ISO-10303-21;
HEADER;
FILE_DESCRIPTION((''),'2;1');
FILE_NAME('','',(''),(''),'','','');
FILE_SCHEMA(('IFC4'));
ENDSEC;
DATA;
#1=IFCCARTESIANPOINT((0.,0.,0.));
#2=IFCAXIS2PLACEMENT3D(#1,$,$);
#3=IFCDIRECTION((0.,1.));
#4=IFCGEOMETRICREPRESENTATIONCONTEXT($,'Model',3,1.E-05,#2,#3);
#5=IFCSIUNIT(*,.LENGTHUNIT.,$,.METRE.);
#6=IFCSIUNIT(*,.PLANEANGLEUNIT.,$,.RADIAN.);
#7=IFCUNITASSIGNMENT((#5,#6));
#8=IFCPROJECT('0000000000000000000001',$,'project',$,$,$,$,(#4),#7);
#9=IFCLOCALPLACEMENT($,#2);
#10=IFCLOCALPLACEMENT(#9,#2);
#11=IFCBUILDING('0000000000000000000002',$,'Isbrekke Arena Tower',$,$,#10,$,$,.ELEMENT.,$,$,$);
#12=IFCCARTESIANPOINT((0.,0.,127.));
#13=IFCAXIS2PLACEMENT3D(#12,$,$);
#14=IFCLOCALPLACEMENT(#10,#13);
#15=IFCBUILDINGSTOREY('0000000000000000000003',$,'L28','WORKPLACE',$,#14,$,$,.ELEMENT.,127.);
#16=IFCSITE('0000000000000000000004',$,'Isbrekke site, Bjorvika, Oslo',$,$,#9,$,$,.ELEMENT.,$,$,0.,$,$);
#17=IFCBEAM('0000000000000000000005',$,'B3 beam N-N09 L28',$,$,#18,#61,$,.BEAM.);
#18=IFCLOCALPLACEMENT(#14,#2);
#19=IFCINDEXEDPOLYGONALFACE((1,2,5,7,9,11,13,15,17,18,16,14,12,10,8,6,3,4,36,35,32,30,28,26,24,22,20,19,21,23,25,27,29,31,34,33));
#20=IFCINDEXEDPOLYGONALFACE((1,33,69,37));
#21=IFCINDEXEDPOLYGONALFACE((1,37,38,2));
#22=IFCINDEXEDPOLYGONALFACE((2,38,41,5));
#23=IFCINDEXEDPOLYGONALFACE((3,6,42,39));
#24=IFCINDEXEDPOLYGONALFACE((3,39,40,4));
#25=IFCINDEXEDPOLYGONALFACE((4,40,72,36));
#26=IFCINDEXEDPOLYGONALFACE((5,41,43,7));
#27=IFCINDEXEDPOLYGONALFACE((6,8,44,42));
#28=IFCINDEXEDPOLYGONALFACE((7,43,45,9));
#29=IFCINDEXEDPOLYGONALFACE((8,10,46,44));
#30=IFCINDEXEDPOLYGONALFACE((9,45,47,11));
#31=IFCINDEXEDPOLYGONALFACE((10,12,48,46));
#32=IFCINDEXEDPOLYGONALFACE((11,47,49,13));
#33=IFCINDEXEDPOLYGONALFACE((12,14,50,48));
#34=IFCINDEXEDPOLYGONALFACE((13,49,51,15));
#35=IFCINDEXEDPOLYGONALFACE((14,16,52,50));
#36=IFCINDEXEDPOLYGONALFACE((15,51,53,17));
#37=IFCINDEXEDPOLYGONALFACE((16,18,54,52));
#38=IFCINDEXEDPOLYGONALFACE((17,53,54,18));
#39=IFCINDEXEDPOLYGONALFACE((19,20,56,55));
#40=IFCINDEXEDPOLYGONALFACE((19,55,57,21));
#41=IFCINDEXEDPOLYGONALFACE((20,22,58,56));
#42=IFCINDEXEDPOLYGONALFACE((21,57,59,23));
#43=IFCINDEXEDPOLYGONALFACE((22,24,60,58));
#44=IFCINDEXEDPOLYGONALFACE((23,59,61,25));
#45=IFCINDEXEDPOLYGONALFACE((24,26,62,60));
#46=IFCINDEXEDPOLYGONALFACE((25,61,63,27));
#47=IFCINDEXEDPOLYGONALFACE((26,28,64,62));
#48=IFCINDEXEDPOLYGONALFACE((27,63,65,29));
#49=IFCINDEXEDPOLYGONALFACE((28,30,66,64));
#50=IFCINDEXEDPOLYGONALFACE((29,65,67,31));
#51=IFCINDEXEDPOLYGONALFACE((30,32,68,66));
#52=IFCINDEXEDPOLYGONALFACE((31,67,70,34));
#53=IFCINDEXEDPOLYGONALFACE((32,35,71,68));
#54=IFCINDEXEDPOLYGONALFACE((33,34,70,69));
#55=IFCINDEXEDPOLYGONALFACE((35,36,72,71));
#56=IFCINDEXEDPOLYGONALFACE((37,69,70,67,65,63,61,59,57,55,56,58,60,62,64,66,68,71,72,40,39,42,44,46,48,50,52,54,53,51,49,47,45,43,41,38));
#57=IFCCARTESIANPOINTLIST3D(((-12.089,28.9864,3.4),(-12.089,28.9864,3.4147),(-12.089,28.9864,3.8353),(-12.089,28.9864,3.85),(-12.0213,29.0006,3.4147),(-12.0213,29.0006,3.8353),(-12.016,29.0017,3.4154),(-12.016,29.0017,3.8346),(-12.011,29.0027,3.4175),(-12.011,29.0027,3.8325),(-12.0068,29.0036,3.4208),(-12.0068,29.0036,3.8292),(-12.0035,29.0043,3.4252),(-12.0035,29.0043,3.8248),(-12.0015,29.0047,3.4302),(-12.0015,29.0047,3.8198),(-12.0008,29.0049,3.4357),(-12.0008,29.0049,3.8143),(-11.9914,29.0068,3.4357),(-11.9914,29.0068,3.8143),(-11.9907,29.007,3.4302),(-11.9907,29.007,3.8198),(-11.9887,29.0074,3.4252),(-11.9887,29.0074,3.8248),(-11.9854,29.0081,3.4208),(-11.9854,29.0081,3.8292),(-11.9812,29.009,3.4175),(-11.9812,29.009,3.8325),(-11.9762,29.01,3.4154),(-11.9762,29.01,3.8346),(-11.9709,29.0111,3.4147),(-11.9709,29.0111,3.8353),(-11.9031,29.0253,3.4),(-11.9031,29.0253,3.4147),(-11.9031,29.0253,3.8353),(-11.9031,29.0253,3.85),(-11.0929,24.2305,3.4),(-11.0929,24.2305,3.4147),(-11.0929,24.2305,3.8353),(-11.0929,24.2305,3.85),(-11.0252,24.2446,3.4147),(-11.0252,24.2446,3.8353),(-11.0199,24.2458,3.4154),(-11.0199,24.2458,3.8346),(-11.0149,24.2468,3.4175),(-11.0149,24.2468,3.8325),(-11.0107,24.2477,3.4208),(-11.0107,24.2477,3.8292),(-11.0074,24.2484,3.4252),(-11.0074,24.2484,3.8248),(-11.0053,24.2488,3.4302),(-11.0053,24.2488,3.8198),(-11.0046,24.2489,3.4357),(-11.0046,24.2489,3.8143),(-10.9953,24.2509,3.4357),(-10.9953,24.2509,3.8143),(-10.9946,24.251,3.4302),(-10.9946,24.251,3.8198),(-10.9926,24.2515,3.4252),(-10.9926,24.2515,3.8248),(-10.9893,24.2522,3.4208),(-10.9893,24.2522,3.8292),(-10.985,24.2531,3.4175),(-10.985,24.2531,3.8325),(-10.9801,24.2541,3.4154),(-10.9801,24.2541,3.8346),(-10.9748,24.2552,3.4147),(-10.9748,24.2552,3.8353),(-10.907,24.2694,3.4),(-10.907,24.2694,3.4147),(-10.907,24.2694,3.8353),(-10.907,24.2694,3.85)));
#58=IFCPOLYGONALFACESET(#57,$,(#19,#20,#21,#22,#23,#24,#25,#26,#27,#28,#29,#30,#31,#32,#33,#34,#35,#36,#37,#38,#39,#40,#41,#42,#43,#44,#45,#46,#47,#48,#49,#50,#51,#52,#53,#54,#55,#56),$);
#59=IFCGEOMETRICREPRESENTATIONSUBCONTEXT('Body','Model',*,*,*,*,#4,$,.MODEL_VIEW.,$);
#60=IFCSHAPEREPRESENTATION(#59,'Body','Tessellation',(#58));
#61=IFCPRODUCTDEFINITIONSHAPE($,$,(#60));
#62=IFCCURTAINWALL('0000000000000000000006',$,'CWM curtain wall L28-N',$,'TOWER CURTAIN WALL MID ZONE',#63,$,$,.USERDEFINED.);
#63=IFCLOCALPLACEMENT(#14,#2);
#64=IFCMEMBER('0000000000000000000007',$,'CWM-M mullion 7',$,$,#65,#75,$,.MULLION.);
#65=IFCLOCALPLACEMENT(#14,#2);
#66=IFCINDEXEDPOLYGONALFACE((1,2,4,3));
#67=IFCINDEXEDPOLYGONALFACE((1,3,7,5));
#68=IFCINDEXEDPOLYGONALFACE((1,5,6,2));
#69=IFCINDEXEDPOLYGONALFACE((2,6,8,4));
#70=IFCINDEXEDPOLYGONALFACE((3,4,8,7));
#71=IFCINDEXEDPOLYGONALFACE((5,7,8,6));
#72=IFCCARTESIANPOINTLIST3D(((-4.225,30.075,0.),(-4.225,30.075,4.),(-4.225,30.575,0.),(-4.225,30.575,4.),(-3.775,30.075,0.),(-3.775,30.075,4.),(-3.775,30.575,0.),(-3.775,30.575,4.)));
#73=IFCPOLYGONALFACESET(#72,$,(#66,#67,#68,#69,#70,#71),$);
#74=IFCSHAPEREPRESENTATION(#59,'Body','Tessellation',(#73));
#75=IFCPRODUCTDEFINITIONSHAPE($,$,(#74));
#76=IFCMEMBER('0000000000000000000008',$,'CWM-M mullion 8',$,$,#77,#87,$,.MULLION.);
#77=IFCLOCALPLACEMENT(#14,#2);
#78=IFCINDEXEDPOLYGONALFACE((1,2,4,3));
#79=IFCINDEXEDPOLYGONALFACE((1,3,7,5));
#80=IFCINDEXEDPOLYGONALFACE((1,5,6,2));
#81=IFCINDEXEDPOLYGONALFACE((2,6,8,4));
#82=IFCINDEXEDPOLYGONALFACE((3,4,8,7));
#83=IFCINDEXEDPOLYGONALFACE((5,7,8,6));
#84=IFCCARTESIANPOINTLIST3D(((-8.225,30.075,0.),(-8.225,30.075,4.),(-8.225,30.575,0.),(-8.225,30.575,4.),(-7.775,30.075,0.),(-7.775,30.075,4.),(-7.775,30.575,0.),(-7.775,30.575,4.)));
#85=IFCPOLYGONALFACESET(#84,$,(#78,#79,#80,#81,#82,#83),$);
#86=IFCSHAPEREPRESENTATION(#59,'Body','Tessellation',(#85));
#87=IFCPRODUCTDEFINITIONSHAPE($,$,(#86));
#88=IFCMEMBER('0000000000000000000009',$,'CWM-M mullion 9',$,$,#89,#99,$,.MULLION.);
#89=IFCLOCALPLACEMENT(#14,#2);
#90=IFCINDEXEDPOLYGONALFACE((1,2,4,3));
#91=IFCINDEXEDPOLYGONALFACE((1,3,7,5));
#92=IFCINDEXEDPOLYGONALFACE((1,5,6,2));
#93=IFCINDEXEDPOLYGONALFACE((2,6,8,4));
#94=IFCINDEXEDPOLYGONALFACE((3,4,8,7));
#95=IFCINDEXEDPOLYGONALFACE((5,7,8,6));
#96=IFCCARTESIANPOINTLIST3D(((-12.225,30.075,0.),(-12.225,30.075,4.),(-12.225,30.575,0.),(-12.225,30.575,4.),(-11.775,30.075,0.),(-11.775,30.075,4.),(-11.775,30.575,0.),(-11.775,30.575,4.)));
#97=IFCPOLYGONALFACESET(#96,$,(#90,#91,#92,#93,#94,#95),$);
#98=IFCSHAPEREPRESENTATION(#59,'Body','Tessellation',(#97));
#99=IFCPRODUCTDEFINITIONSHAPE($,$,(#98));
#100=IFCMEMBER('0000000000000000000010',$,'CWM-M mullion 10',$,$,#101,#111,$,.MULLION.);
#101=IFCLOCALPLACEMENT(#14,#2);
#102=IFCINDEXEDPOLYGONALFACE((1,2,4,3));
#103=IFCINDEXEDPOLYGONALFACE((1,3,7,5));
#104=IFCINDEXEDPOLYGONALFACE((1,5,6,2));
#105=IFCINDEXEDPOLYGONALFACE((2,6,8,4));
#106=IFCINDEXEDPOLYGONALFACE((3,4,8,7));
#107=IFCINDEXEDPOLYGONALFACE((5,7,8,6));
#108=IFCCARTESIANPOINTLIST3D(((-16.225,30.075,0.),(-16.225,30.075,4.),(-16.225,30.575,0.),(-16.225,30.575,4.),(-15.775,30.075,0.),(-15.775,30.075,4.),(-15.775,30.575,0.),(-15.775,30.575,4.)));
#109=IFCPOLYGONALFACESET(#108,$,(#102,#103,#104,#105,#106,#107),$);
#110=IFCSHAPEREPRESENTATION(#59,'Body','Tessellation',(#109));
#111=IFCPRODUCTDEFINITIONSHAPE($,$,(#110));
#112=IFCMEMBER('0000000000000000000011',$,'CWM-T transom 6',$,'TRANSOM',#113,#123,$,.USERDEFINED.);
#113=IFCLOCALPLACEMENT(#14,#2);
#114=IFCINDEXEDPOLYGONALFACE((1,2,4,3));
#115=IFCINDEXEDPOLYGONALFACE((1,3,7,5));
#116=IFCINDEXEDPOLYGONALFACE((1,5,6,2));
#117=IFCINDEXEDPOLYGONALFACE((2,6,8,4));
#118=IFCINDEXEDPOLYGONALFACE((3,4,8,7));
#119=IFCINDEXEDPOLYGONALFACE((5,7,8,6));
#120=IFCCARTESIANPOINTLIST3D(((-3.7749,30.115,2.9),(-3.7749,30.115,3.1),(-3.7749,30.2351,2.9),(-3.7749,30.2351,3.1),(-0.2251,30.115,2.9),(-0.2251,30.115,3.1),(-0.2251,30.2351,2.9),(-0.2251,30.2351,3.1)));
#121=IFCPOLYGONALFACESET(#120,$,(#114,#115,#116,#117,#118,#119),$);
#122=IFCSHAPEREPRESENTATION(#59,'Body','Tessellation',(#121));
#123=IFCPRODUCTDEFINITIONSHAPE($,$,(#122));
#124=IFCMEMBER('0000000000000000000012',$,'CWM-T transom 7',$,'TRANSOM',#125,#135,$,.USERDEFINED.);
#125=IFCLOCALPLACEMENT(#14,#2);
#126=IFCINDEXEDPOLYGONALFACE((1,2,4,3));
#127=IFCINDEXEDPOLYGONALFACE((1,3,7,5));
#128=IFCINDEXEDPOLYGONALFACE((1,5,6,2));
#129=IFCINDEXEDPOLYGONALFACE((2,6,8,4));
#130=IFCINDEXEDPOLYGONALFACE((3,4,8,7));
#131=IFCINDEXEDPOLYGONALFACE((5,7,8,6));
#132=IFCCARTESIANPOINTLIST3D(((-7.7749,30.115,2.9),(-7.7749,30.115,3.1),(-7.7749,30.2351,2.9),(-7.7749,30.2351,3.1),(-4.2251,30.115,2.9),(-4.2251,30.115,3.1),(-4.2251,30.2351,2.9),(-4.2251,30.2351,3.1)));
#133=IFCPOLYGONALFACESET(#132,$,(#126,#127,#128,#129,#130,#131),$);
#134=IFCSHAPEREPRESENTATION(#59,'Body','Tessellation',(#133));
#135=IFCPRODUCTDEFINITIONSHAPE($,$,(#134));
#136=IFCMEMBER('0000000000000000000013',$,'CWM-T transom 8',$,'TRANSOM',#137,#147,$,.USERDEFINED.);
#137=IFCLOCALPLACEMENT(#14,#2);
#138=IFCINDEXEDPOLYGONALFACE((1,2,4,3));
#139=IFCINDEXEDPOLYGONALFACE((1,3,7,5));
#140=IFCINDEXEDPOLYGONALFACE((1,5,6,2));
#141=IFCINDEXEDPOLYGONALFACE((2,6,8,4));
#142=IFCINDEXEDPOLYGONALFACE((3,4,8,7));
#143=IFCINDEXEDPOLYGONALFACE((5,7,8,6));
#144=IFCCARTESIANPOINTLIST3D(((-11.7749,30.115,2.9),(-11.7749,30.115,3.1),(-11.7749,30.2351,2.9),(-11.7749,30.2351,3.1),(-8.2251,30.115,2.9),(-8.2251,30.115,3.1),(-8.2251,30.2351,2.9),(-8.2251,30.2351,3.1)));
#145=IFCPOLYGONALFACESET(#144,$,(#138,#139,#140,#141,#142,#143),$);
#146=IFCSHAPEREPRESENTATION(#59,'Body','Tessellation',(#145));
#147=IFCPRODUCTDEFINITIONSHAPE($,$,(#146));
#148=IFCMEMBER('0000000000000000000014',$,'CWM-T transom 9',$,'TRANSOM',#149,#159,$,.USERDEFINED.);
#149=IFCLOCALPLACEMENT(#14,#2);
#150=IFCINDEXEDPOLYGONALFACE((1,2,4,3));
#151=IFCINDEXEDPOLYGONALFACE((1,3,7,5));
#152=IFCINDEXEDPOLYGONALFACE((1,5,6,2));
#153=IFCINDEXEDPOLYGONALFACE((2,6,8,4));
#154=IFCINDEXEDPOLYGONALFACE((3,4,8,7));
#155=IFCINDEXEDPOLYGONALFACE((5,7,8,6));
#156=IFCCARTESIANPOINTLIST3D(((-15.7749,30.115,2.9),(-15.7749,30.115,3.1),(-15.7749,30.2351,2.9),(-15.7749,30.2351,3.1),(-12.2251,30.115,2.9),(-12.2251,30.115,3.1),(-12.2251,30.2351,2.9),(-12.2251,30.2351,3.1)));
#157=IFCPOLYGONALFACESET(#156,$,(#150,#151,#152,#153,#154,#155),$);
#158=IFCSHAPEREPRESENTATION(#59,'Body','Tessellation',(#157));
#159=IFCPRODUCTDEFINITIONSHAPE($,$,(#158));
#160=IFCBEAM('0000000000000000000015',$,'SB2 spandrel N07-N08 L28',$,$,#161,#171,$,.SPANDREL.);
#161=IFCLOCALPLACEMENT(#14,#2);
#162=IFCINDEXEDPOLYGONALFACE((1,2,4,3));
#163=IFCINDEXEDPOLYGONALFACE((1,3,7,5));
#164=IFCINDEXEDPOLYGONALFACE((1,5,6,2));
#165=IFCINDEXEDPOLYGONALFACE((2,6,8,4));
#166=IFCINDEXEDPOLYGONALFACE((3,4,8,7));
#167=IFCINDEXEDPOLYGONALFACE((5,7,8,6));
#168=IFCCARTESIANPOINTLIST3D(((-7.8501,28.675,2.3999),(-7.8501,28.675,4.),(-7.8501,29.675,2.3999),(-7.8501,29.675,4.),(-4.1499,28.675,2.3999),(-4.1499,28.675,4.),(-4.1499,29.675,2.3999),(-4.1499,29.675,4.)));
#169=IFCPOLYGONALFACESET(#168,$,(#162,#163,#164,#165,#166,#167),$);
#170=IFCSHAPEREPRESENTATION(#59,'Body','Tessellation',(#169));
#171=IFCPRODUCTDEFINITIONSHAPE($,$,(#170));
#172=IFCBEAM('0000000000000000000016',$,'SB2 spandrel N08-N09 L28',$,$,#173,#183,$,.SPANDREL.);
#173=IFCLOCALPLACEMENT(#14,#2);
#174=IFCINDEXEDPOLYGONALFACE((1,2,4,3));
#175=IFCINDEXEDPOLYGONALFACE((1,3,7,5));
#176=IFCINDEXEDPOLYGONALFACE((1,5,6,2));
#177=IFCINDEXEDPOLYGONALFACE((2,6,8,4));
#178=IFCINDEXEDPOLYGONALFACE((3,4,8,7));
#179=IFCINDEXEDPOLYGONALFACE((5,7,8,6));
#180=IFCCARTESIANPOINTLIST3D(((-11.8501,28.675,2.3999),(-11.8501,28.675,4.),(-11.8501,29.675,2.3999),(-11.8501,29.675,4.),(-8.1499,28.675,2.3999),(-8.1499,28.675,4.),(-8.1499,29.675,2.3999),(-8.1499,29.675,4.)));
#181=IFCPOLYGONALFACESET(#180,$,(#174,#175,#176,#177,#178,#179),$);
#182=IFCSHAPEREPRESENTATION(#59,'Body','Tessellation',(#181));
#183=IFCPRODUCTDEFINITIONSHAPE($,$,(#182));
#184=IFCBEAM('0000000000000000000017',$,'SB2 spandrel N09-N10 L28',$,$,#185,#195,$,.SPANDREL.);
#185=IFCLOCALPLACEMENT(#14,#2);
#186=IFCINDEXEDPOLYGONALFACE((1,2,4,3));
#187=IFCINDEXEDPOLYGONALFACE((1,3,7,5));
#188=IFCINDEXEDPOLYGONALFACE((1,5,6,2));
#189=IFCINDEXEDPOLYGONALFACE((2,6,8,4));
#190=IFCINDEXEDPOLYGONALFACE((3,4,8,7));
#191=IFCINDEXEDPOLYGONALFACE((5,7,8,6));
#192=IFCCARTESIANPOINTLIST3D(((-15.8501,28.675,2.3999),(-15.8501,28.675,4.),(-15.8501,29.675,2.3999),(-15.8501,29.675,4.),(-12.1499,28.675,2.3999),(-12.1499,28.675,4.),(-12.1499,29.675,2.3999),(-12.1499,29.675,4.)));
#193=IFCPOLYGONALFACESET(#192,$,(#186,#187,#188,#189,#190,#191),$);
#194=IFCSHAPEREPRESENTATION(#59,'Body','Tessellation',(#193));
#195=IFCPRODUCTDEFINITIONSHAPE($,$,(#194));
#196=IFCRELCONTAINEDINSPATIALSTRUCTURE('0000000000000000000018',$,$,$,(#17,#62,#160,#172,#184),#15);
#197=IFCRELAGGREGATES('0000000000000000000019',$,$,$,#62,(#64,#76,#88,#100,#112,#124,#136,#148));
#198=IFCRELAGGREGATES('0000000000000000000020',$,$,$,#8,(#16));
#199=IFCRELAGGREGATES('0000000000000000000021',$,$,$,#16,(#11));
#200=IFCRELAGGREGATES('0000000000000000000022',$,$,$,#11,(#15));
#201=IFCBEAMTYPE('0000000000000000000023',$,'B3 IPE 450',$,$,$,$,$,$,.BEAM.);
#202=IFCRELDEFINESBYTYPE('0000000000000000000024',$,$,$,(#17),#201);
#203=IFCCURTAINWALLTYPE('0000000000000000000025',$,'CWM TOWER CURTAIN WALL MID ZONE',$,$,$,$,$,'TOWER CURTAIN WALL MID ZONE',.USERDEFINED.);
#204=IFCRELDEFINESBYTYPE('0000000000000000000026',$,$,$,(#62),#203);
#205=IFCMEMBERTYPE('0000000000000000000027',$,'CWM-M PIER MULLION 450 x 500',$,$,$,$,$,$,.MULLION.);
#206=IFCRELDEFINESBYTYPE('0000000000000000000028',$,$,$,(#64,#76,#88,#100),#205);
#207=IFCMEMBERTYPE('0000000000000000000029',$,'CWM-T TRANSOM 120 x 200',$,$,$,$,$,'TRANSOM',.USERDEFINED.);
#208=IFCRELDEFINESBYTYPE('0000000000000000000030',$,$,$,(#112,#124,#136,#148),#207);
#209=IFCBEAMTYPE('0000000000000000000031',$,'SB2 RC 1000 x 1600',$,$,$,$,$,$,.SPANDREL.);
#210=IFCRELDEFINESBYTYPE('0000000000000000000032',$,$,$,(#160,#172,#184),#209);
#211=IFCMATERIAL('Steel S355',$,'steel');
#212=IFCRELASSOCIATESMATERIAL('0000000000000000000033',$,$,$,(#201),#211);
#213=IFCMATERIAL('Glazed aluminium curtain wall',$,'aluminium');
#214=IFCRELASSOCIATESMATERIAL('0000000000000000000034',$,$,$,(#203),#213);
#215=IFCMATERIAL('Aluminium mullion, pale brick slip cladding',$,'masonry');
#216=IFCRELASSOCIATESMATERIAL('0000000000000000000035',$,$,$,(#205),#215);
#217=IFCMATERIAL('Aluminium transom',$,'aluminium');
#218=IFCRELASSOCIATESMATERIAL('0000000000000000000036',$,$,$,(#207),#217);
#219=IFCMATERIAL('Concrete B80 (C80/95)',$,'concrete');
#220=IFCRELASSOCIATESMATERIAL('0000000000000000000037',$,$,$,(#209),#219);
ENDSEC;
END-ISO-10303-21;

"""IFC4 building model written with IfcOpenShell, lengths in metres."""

from ifc_helpers import new_model, si_unit, direction, frame, origin, origin_2d, place, context, subcontext, project, spatial, rectangle, i_section, extrude, material, material_profile, profile_set, type_object, element, aggregate, save


model = new_model("IFC4")

# Units and contexts
model_context = context("Model", 3, precision=1e-05, world=origin(), true_north=direction((0.0, 1.0)))
body_context = subcontext(model_context, "Body", "Model", "MODEL_VIEW")
ifc_project = project(units=[si_unit("LENGTHUNIT", "METRE"), si_unit("PLANEANGLEUNIT", "RADIAN")], contexts=[model_context])

# Site, building, storey
site_placement = place(None, origin())
site = spatial("IfcSite", under=ifc_project, at=site_placement, Name="Isbrekke site, Bjorvika, Oslo", CompositionType="ELEMENT", RefElevation=0.0)
building_placement = place(site_placement, origin())
building = spatial("IfcBuilding", under=site, at=building_placement, Name="Isbrekke Arena Tower", CompositionType="ELEMENT")
storey_placement = place(building_placement, frame((0.0, 0.0, 127.0)))
storey = spatial("IfcBuildingStorey", under=building, at=storey_placement, Name="L28", Description="WORKPLACE", CompositionType="ELEMENT", Elevation=127.0)

# Beam
ifc_material_1 = material(Name="Steel S355", Category="steel")
ifc_material_profile_1 = material_profile(ifc_material_1, i_section(OverallWidth=0.1899, OverallDepth=0.45, WebThickness=0.0095, FlangeThickness=0.0146, FilletRadius=0.021, at=origin_2d()), Name="IPE 450")
ifc_profile_set_1 = profile_set([ifc_material_profile_1], Name="Steel S355")
beam_type_1 = type_object("IfcBeamType", Name="B3 IPE 450", PredefinedType="BEAM", material=ifc_profile_set_1)
beam_1_placement = place(storey_placement, frame((-11.9961, 29.0059, 3.625), z_axis=(0.204997, -0.978762, 0.0), x_axis=(0.978762, 0.204997, 0.0)))
element("IfcBeam", 1, at=beam_1_placement, inside=storey, type_object=beam_type_1, Name="B3 beam N-N09 L28", PredefinedType="BEAM", context=body_context, shape_type="SweptSolid", body=[
    extrude(i_section(OverallWidth=0.1899, OverallDepth=0.45, WebThickness=0.0095, FlangeThickness=0.0146, FilletRadius=0.021, at=origin_2d()), origin(), (0.0, 0.0, 1.0), 4.8591),
])

# Curtain wall, members
ifc_material_2 = material(Name="Glazed aluminium curtain wall", Category="aluminium")
curtain_wall_type = type_object("IfcCurtainWallType", Name="CWM TOWER CURTAIN WALL MID ZONE", ElementType="TOWER CURTAIN WALL MID ZONE", PredefinedType="USERDEFINED", material=ifc_material_2)
curtain_wall_placement = place(storey_placement, origin())
curtain_wall = element("IfcCurtainWall", 2, at=curtain_wall_placement, inside=storey, type_object=curtain_wall_type, Name="CWM curtain wall L28-N", ObjectType="TOWER CURTAIN WALL MID ZONE", PredefinedType="USERDEFINED")
ifc_material_3 = material(Name="Aluminium mullion, pale brick slip cladding", Category="masonry")
ifc_material_profile_2 = material_profile(ifc_material_3, rectangle(XDim=0.45, YDim=0.5, at=origin_2d()), Name="PIER 450X500")
ifc_profile_set_2 = profile_set([ifc_material_profile_2], Name="Aluminium mullion, pale brick slip cladding")
member_type_1 = type_object("IfcMemberType", Name="CWM-M PIER MULLION 450 x 500", PredefinedType="MULLION", material=ifc_profile_set_2)
member_1_placement = place(storey_placement, frame((-4.0, 30.325, 0.0), z_axis=(0.0, 0.0, 1.0), x_axis=(-1.0, 0.0, 0.0)))
member_1 = element("IfcMember", 3, at=member_1_placement, type_object=member_type_1, Name="CWM-M mullion 7", PredefinedType="MULLION", context=body_context, shape_type="SweptSolid", body=[
    extrude(rectangle(XDim=0.45, YDim=0.5, at=origin_2d()), origin(), (0.0, 0.0, 1.0), 4.0),
])
member_2_placement = place(storey_placement, frame((-8.0, 30.325, 0.0), z_axis=(0.0, 0.0, 1.0), x_axis=(-1.0, 0.0, 0.0)))
member_2 = element("IfcMember", 4, at=member_2_placement, type_object=member_type_1, Name="CWM-M mullion 8", PredefinedType="MULLION", context=body_context, shape_type="SweptSolid", body=[
    extrude(rectangle(XDim=0.45, YDim=0.5, at=origin_2d()), origin(), (0.0, 0.0, 1.0), 4.0),
])
member_3_placement = place(storey_placement, frame((-12.0, 30.325, 0.0), z_axis=(0.0, 0.0, 1.0), x_axis=(-1.0, 0.0, 0.0)))
member_3 = element("IfcMember", 5, at=member_3_placement, type_object=member_type_1, Name="CWM-M mullion 9", PredefinedType="MULLION", context=body_context, shape_type="SweptSolid", body=[
    extrude(rectangle(XDim=0.45, YDim=0.5, at=origin_2d()), origin(), (0.0, 0.0, 1.0), 4.0),
])
member_4_placement = place(storey_placement, frame((-16.0, 30.325, 0.0), z_axis=(0.0, 0.0, 1.0), x_axis=(-1.0, 0.0, 0.0)))
member_4 = element("IfcMember", 6, at=member_4_placement, type_object=member_type_1, Name="CWM-M mullion 10", PredefinedType="MULLION", context=body_context, shape_type="SweptSolid", body=[
    extrude(rectangle(XDim=0.45, YDim=0.5, at=origin_2d()), origin(), (0.0, 0.0, 1.0), 4.0),
])
ifc_material_4 = material(Name="Aluminium transom", Category="aluminium")
ifc_material_profile_3 = material_profile(ifc_material_4, rectangle(XDim=0.1201, YDim=0.2, at=origin_2d()), Name="TRANSOM 120X200")
ifc_profile_set_3 = profile_set([ifc_material_profile_3], Name="Aluminium transom")
member_type_2 = type_object("IfcMemberType", Name="CWM-T TRANSOM 120 x 200", ElementType="TRANSOM", PredefinedType="USERDEFINED", material=ifc_profile_set_3)
member_5_placement = place(storey_placement, frame((-0.2251, 30.175, 3.0), z_axis=(-1.0, 0.0, 0.0), x_axis=(0.0, -1.0, 0.0)))
member_5 = element("IfcMember", 7, at=member_5_placement, type_object=member_type_2, Name="CWM-T transom 6", ObjectType="TRANSOM", PredefinedType="USERDEFINED", context=body_context, shape_type="SweptSolid", body=[
    extrude(rectangle(XDim=0.1201, YDim=0.2, at=origin_2d()), origin(), (0.0, 0.0, 1.0), 3.5498),
])
member_6_placement = place(storey_placement, frame((-4.2251, 30.175, 3.0), z_axis=(-1.0, 0.0, 0.0), x_axis=(0.0, -1.0, 0.0)))
member_6 = element("IfcMember", 8, at=member_6_placement, type_object=member_type_2, Name="CWM-T transom 7", ObjectType="TRANSOM", PredefinedType="USERDEFINED", context=body_context, shape_type="SweptSolid", body=[
    extrude(rectangle(XDim=0.1201, YDim=0.2, at=origin_2d()), origin(), (0.0, 0.0, 1.0), 3.5498),
])
member_7_placement = place(storey_placement, frame((-8.2251, 30.175, 3.0), z_axis=(-1.0, 0.0, 0.0), x_axis=(0.0, -1.0, 0.0)))
member_7 = element("IfcMember", 9, at=member_7_placement, type_object=member_type_2, Name="CWM-T transom 8", ObjectType="TRANSOM", PredefinedType="USERDEFINED", context=body_context, shape_type="SweptSolid", body=[
    extrude(rectangle(XDim=0.1201, YDim=0.2, at=origin_2d()), origin(), (0.0, 0.0, 1.0), 3.5498),
])
member_8_placement = place(storey_placement, frame((-12.2251, 30.175, 3.0), z_axis=(-1.0, 0.0, 0.0), x_axis=(0.0, -1.0, 0.0)))
member_8 = element("IfcMember", 10, at=member_8_placement, type_object=member_type_2, Name="CWM-T transom 9", ObjectType="TRANSOM", PredefinedType="USERDEFINED", context=body_context, shape_type="SweptSolid", body=[
    extrude(rectangle(XDim=0.1201, YDim=0.2, at=origin_2d()), origin(), (0.0, 0.0, 1.0), 3.5498),
])

# Beams
ifc_material_5 = material(Name="Concrete B80 (C80/95)", Category="concrete")
ifc_material_profile_4 = material_profile(ifc_material_5, rectangle(XDim=1.0, YDim=1.6001, at=origin_2d()), Name="RC 1000x1600")
ifc_profile_set_4 = profile_set([ifc_material_profile_4], Name="Concrete B80 (C80/95)")
beam_type_2 = type_object("IfcBeamType", Name="SB2 RC 1000 x 1600", PredefinedType="SPANDREL", material=ifc_profile_set_4)
for number, where, z_axis, x_axis, name in (
    (11, (-4.1499, 29.175, 3.2), (-1.0, 0.0, 0.0), (0.0, -1.0, 0.0), "SB2 spandrel N07-N08 L28"),
    (12, (-8.1499, 29.175, 3.2), (-1.0, 0.0, 0.0), (0.0, -1.0, 0.0), "SB2 spandrel N08-N09 L28"),
    (13, (-12.1499, 29.175, 3.2), (-1.0, 0.0, 0.0), (0.0, -1.0, 0.0), "SB2 spandrel N09-N10 L28"),
):
    element("IfcBeam", number, at=place(storey_placement, frame(where, z_axis=z_axis, x_axis=x_axis)), inside=storey, type_object=beam_type_2, Name=name, PredefinedType="SPANDREL", context=body_context, shape_type="SweptSolid", body=[
        extrude(rectangle(XDim=1.0, YDim=1.6001, at=origin_2d()), origin(), (0.0, 0.0, 1.0), 3.7002),
    ])

aggregate(curtain_wall, [member_1, member_2, member_3, member_4, member_5, member_6, member_7, member_8])

save(model, "model.ifc")
